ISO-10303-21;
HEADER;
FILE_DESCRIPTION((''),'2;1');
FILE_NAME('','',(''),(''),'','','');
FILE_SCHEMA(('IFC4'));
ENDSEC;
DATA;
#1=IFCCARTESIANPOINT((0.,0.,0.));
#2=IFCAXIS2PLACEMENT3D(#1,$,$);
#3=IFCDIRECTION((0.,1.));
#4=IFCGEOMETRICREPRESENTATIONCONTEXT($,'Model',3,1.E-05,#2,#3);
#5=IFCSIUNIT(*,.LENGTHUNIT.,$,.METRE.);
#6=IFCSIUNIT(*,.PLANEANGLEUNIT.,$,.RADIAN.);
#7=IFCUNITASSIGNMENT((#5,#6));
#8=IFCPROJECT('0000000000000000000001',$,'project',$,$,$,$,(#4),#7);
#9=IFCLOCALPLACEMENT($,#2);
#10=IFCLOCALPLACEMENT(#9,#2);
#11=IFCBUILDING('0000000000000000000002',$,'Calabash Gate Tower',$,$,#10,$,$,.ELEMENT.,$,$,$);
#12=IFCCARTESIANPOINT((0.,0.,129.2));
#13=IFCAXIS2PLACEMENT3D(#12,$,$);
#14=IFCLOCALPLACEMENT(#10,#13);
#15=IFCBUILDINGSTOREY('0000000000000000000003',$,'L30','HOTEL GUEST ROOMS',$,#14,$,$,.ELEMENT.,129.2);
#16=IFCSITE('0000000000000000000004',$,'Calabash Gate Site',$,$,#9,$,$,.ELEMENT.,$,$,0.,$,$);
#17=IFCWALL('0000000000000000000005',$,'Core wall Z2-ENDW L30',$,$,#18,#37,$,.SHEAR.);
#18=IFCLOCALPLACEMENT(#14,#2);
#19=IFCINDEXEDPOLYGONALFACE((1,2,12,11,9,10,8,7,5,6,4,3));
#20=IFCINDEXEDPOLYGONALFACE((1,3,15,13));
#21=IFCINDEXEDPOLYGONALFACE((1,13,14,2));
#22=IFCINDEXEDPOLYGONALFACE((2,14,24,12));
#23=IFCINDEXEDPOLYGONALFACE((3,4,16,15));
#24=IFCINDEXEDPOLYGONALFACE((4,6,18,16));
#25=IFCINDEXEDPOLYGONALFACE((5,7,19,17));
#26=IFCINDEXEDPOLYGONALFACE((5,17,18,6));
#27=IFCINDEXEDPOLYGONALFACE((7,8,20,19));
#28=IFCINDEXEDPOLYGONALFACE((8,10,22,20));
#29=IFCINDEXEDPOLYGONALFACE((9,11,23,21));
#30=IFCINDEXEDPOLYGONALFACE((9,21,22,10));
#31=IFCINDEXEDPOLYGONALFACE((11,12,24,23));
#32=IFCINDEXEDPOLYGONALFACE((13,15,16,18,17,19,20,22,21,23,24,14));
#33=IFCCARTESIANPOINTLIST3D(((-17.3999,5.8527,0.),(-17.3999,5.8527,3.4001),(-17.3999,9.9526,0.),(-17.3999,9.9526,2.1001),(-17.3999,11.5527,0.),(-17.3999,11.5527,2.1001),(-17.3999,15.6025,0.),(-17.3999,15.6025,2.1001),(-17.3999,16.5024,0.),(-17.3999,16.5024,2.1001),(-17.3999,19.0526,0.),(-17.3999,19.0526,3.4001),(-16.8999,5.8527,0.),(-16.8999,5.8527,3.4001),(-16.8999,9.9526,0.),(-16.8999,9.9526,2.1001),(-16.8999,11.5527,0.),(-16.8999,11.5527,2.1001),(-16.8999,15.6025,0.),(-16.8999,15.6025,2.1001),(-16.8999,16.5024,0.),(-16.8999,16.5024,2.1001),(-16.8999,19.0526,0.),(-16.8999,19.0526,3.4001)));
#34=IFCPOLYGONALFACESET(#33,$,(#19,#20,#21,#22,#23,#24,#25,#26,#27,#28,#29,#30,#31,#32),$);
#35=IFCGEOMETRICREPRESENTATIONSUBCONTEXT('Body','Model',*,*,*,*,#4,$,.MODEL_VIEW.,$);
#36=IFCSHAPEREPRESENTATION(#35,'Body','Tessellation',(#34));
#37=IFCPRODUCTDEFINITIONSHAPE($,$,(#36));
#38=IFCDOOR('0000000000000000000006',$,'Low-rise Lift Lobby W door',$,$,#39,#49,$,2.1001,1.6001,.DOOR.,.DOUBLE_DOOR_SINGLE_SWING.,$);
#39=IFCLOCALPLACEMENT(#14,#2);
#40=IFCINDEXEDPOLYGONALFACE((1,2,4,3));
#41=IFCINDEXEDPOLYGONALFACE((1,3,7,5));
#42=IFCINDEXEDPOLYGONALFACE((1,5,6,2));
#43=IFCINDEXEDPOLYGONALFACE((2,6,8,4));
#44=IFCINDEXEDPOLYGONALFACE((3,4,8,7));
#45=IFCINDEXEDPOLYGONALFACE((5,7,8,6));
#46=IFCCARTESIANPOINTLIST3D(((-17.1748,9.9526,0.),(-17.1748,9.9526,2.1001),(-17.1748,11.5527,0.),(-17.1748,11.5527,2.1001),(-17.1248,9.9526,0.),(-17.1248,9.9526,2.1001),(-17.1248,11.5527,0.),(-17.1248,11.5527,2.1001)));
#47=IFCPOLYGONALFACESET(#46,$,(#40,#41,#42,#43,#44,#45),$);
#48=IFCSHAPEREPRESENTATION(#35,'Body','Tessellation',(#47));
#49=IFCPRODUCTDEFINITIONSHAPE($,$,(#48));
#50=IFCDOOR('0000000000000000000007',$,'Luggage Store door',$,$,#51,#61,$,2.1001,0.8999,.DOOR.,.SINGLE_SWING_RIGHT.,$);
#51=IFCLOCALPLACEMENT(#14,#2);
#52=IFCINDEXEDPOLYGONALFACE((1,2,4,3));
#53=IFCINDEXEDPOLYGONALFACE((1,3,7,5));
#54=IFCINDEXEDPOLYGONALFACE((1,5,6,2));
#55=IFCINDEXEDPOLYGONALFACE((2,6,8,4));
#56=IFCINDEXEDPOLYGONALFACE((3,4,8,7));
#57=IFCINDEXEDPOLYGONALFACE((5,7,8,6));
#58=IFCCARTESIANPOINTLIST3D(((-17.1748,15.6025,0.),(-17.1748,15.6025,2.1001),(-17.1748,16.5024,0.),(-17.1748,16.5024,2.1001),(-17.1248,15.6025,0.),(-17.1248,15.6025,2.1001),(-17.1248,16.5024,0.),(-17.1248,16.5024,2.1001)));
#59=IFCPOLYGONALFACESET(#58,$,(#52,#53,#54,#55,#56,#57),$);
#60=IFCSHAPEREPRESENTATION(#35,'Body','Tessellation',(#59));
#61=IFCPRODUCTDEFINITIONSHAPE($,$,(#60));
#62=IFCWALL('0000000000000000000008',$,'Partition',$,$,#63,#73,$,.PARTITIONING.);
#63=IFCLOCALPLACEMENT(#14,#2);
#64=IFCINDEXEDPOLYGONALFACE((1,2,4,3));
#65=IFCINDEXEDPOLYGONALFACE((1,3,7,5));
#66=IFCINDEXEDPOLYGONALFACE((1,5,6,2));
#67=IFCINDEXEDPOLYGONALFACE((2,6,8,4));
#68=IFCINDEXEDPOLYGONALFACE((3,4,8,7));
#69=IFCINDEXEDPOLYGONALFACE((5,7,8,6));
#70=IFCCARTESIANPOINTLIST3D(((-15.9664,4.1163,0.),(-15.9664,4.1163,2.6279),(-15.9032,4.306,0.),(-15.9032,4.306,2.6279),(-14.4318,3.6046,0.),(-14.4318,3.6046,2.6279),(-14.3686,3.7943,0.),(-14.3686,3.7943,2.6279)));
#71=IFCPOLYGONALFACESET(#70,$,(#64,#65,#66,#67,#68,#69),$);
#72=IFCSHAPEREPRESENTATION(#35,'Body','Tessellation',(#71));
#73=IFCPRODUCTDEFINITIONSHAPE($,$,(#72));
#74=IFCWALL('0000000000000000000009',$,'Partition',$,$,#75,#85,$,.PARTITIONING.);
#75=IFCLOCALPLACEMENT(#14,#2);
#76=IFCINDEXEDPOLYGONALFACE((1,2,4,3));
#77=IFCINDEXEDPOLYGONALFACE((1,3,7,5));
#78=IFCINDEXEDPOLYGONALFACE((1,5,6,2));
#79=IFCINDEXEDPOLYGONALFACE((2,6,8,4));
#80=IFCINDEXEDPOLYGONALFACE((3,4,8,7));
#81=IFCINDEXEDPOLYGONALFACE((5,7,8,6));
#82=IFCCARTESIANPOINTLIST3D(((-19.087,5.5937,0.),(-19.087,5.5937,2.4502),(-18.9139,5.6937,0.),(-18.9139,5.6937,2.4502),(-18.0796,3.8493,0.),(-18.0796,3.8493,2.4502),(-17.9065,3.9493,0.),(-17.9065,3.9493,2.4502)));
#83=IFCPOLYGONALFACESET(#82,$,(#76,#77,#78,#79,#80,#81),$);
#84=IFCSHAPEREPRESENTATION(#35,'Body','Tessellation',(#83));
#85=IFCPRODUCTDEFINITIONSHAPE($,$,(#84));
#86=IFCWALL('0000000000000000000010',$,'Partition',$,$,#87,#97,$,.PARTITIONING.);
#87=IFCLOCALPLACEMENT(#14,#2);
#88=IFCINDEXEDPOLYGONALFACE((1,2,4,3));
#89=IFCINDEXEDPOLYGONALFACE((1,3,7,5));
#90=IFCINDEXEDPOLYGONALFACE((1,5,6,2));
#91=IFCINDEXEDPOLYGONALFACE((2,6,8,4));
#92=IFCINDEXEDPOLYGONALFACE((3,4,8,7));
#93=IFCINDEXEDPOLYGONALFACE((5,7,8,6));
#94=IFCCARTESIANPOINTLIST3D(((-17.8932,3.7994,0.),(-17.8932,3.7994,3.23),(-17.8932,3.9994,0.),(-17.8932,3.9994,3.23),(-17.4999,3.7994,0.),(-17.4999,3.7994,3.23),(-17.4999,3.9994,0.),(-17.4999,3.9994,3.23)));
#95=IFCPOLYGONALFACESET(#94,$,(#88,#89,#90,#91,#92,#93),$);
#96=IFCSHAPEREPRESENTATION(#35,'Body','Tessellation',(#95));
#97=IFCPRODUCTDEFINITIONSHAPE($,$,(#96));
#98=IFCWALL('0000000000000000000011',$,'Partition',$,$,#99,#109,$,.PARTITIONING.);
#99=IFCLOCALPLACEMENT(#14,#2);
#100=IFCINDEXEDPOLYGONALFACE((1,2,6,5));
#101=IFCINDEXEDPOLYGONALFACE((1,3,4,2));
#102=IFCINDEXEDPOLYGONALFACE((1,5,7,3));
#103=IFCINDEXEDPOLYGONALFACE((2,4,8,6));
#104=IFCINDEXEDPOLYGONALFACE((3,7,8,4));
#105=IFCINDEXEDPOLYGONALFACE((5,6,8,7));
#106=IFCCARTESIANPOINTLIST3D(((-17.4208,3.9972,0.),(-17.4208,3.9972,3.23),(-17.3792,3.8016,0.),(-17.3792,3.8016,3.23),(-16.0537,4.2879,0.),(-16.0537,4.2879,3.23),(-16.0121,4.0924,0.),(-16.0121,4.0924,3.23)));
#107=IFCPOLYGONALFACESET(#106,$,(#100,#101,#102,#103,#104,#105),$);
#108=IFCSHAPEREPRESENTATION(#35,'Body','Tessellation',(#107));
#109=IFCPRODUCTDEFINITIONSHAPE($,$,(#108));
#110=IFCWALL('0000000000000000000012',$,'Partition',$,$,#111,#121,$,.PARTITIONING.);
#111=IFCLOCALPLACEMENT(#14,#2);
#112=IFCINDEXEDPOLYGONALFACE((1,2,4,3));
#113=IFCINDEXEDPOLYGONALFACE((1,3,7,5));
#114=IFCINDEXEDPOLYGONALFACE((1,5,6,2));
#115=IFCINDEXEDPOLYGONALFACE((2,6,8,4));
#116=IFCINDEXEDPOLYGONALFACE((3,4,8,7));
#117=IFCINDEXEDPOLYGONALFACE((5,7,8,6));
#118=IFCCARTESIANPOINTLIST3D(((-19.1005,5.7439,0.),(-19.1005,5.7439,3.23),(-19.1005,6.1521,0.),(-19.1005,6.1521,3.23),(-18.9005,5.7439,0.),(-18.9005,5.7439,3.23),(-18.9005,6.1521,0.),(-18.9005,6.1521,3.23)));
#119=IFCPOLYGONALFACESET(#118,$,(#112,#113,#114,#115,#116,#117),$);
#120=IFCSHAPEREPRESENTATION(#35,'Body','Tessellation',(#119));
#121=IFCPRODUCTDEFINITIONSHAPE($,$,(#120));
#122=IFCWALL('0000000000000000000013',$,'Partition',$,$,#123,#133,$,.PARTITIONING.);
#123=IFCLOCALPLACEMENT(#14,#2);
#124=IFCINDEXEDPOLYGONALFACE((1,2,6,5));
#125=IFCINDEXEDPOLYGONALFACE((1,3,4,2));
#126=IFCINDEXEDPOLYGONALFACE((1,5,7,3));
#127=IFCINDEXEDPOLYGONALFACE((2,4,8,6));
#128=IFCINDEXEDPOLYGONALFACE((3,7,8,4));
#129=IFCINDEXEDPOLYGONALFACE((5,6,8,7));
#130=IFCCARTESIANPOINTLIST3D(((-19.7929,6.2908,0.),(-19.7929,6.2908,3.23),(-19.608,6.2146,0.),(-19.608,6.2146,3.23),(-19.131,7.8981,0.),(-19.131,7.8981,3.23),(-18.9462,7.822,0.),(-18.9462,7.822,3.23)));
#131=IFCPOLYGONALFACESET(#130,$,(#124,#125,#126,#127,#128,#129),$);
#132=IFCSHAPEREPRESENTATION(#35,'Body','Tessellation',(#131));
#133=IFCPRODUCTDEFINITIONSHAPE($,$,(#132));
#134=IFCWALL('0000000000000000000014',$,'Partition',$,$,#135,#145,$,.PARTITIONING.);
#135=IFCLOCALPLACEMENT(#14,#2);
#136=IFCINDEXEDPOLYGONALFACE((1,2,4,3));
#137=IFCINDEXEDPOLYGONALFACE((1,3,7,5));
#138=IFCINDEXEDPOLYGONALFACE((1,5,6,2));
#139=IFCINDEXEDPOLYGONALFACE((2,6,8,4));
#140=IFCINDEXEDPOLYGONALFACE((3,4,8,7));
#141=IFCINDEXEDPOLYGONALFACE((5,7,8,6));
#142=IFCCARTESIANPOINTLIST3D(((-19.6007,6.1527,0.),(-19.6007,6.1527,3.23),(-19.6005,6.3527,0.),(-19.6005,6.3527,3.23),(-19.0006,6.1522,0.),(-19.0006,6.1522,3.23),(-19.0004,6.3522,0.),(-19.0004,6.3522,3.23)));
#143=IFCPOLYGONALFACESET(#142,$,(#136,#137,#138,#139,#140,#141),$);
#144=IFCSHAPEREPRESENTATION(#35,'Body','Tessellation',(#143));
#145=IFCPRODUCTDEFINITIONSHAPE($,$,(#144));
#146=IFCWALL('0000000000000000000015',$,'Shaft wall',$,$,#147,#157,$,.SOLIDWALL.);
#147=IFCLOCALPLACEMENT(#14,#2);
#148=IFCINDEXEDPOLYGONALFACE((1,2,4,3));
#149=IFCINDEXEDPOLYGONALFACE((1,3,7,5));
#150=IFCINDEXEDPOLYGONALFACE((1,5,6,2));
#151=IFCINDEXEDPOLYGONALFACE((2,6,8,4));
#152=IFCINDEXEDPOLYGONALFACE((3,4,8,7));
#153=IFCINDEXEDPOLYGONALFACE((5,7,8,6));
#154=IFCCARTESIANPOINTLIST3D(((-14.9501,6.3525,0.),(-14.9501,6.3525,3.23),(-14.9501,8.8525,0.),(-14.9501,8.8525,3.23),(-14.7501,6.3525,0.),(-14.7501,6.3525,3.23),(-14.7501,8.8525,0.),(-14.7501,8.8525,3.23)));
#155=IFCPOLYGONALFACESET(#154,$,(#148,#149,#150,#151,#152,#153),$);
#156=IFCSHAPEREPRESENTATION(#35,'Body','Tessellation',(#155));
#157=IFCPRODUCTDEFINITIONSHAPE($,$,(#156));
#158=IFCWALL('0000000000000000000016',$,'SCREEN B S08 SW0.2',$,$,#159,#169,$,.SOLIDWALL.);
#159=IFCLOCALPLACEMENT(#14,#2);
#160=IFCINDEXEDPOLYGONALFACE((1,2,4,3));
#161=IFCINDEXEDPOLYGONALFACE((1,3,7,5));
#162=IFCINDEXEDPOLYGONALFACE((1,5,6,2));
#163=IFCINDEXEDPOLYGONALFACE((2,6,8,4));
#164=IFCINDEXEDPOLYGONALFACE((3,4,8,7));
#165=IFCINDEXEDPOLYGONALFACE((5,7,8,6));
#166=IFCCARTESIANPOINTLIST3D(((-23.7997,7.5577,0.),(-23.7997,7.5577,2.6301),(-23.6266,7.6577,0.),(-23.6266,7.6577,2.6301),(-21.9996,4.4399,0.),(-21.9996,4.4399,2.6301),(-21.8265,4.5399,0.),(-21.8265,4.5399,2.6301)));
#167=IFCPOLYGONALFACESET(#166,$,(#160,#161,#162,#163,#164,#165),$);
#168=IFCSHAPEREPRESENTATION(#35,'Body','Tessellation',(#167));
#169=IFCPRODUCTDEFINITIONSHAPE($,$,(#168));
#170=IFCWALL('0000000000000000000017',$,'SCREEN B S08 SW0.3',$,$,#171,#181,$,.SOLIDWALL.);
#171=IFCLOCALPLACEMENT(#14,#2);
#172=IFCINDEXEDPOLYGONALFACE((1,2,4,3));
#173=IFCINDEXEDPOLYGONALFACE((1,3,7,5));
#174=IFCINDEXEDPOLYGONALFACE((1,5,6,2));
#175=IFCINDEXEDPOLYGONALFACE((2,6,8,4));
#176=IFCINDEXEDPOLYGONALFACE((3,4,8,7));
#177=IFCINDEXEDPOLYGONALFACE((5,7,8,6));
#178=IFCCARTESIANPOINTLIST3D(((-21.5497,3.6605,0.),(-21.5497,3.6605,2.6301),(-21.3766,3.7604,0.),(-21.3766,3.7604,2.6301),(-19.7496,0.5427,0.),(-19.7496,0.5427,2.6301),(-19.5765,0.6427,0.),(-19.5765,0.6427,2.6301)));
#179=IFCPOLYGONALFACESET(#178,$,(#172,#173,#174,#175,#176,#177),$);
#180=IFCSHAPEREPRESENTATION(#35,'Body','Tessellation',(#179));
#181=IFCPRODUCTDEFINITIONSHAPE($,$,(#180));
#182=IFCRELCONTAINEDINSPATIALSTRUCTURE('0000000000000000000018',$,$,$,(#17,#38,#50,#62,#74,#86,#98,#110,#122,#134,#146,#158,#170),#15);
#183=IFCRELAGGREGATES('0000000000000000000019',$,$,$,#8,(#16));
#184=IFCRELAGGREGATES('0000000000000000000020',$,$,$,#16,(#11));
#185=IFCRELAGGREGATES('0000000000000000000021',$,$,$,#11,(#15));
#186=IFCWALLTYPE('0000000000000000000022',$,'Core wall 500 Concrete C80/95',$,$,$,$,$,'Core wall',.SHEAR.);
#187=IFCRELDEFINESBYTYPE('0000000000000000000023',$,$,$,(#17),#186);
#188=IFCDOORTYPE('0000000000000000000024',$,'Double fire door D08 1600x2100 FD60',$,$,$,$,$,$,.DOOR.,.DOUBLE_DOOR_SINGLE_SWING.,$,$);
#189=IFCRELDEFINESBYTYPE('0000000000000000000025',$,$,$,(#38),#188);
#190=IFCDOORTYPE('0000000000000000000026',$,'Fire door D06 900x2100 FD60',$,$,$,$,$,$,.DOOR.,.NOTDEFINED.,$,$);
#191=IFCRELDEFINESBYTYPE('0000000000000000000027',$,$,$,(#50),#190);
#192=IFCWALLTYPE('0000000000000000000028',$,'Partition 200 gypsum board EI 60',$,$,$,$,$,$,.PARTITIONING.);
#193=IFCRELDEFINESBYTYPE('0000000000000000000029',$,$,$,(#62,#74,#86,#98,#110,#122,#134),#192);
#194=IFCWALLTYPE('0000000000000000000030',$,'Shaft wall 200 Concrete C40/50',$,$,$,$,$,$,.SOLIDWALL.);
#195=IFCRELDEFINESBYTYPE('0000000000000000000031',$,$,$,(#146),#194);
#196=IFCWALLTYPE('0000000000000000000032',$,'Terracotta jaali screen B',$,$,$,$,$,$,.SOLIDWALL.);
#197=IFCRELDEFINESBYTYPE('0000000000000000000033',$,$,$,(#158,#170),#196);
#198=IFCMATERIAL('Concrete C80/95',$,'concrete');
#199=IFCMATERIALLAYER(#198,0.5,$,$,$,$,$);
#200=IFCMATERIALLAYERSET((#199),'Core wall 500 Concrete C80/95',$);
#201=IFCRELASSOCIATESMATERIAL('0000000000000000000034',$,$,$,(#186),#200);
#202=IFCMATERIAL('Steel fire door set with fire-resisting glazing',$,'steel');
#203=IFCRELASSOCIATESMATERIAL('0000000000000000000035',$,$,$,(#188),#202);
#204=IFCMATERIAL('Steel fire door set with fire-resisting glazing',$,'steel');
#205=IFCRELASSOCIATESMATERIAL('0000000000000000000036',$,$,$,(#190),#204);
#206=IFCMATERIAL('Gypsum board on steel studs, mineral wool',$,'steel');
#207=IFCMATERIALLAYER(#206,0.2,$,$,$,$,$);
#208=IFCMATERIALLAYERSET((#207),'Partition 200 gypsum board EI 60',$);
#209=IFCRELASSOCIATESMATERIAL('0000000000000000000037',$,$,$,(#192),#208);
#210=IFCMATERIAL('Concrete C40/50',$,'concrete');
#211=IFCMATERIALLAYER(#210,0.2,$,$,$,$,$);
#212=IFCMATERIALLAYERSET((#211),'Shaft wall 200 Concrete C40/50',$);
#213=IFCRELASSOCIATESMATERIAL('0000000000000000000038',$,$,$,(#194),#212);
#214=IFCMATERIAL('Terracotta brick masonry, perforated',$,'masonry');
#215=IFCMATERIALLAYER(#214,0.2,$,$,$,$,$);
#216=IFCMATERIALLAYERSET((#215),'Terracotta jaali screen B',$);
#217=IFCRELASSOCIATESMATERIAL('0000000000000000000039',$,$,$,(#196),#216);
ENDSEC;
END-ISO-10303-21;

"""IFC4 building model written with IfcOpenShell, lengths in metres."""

from ifc_helpers import new_model, si_unit, direction, frame, frame_2d, origin, place, context, subcontext, project, spatial, rectangle, extrude, material, layer, layer_set, type_object, element, fill, save


model = new_model("IFC4")

# Units and contexts
model_context = context("Model", 3, precision=1e-05, world=origin(), true_north=direction((0.0, 1.0)))
body_context = subcontext(model_context, "Body", "Model", "MODEL_VIEW")
ifc_project = project(units=[si_unit("LENGTHUNIT", "METRE"), si_unit("PLANEANGLEUNIT", "RADIAN")], contexts=[model_context])

# Site, building, storey
site_placement = place(None, origin())
site = spatial("IfcSite", under=ifc_project, at=site_placement, Name="Calabash Gate Site", CompositionType="ELEMENT", RefElevation=0.0)
building_placement = place(site_placement, origin())
building = spatial("IfcBuilding", under=site, at=building_placement, Name="Calabash Gate Tower", CompositionType="ELEMENT")
storey_placement = place(building_placement, frame((0.0, 0.0, 129.2)))
storey = spatial("IfcBuildingStorey", under=building, at=storey_placement, Name="L30", Description="HOTEL GUEST ROOMS", CompositionType="ELEMENT", Elevation=129.2)

# Wall, openings, doors
ifc_material_1 = material(Name="Concrete C80/95", Category="concrete")
ifc_layer_1 = layer(ifc_material_1, 0.5)
ifc_layer_set_1 = layer_set([ifc_layer_1], Name="Core wall 500 Concrete C80/95")
wall_type_1 = type_object("IfcWallType", Name="Core wall 500 Concrete C80/95", ElementType="Core wall", PredefinedType="SHEAR", material=ifc_layer_set_1)
wall_1_placement = place(storey_placement, frame((-17.1499, 5.8525, 0.0), z_axis=(0.0, 0.0, 1.0), x_axis=(0.0, 1.0, 0.0)))
wall_1 = element("IfcWall", 1, at=wall_1_placement, inside=storey, type_object=wall_type_1, Name="Core wall Z2-ENDW L30", PredefinedType="SHEAR", context=body_context, shape_type="SweptSolid", body=[
    extrude(rectangle(XDim=13.2, YDim=0.5, at=frame_2d((6.6001, 0.0))), origin(), (0.0, 0.0, 1.0), 3.4001),
])
opening_1_placement = place(wall_1_placement, frame((4.1001, 0.0, 0.0)))
opening_1 = element("IfcOpeningElement", 2, at=opening_1_placement, cuts=wall_1, PredefinedType="OPENING", context=body_context, shape_type="SweptSolid", body=[
    extrude(rectangle(XDim=1.6001, YDim=2.1001, at=frame_2d((0.8, 1.05))), frame((0.0, 0.26, 0.0), z_axis=(0.0, -1.0, 0.0), x_axis=(1.0, 0.0, 0.0)), (0.0, 0.0, 1.0), 0.52),
])
opening_2_placement = place(wall_1_placement, frame((9.75, 0.0, 0.0)))
opening_2 = element("IfcOpeningElement", 3, at=opening_2_placement, cuts=wall_1, PredefinedType="OPENING", context=body_context, shape_type="SweptSolid", body=[
    extrude(rectangle(XDim=0.8999, YDim=2.1001, at=frame_2d((0.45, 1.05))), frame((0.0, 0.26, 0.0), z_axis=(0.0, -1.0, 0.0), x_axis=(1.0, 0.0, 0.0)), (0.0, 0.0, 1.0), 0.52),
])
ifc_material_2 = material(Name="Steel fire door set with fire-resisting glazing", Category="steel")
door_type_1 = type_object("IfcDoorType", Name="Double fire door D08 1600x2100 FD60", OperationType="DOUBLE_DOOR_SINGLE_SWING", PredefinedType="DOOR", material=ifc_material_2)
door_1_placement = place(opening_1_placement, origin())
door_1 = element("IfcDoor", 4, at=door_1_placement, inside=storey, type_object=door_type_1, Name="Low-rise Lift Lobby W door", OperationType="DOUBLE_DOOR_SINGLE_SWING", OverallHeight=2.1001, OverallWidth=1.6001, PredefinedType="DOOR", context=body_context, shape_type="SweptSolid", body=[
    extrude(rectangle(XDim=1.6001, YDim=2.1001, at=frame_2d((0.8, 1.05))), frame((0.0, 0.0249, 0.0), z_axis=(0.0, -1.0, 0.0), x_axis=(1.0, 0.0, 0.0)), (0.0, 0.0, 1.0), 0.05),
])
fill(opening_1, door_1)
ifc_material_3 = material(Name="Steel fire door set with fire-resisting glazing", Category="steel")
door_type_2 = type_object("IfcDoorType", Name="Fire door D06 900x2100 FD60", OperationType="NOTDEFINED", PredefinedType="DOOR", material=ifc_material_3)
door_2_placement = place(opening_2_placement, origin())
door_2 = element("IfcDoor", 5, at=door_2_placement, inside=storey, type_object=door_type_2, Name="Luggage Store door", OperationType="SINGLE_SWING_RIGHT", OverallHeight=2.1001, OverallWidth=0.8999, PredefinedType="DOOR", context=body_context, shape_type="SweptSolid", body=[
    extrude(rectangle(XDim=0.8999, YDim=2.1001, at=frame_2d((0.45, 1.05))), frame((0.0, 0.0249, 0.0), z_axis=(0.0, -1.0, 0.0), x_axis=(1.0, 0.0, 0.0)), (0.0, 0.0, 1.0), 0.05),
])
fill(opening_2, door_2)

# Walls
ifc_material_4 = material(Name="Gypsum board on steel studs, mineral wool", Category="steel")
ifc_layer_2 = layer(ifc_material_4, 0.2)
ifc_layer_set_2 = layer_set([ifc_layer_2], Name="Partition 200 gypsum board EI 60")
wall_type_2 = type_object("IfcWallType", Name="Partition 200 gypsum board EI 60", PredefinedType="PARTITIONING", material=ifc_layer_set_2)
wall_2_placement = place(storey_placement, frame((-15.9348, 4.2112, 0.0), z_axis=(0.0, 0.0, 1.0), x_axis=(0.948653, -0.316318, 0.0)))
element("IfcWall", 6, at=wall_2_placement, inside=storey, type_object=wall_type_2, Name="Partition", PredefinedType="PARTITIONING", context=body_context, shape_type="SweptSolid", body=[
    extrude(rectangle(XDim=1.6177, YDim=0.2, at=frame_2d((0.8088, 0.0))), origin(), (0.0, 0.0, 1.0), 2.6279),
])
wall_3_placement = place(storey_placement, frame((-19.0005, 5.6438, 0.0), z_axis=(0.0, 0.0, 1.0), x_axis=(0.500076, -0.865982, 0.0)))
element("IfcWall", 7, at=wall_3_placement, inside=storey, type_object=wall_type_2, Name="Partition", PredefinedType="PARTITIONING", context=body_context, shape_type="SweptSolid", body=[
    extrude(rectangle(XDim=2.0144, YDim=0.2, at=frame_2d((1.0073, 0.0))), origin(), (0.0, 0.0, 1.0), 2.4502),
])
wall_4_placement = place(storey_placement, frame((-17.8933, 3.8994, 0.0), z_axis=(0.0, 0.0, 1.0), x_axis=(1.0, 0.0, 0.0)))
element("IfcWall", 8, at=wall_4_placement, inside=storey, type_object=wall_type_2, Name="Partition", PredefinedType="PARTITIONING", context=body_context, shape_type="SweptSolid", body=[
    extrude(rectangle(XDim=0.3933, YDim=0.2, at=frame_2d((0.1968, 0.0))), origin(), (0.0, 0.0, 1.0), 3.23),
])
wall_5_placement = place(storey_placement, frame((-17.3999, 3.8994, 0.0), z_axis=(0.0, 0.0, 1.0), x_axis=(0.978123, 0.208026, 0.0)))
element("IfcWall", 9, at=wall_5_placement, inside=storey, type_object=wall_type_2, Name="Partition", PredefinedType="PARTITIONING", context=body_context, shape_type="SweptSolid", body=[
    extrude(rectangle(XDim=1.3977, YDim=0.2, at=frame_2d((0.6987, 0.0))), origin(), (0.0, 0.0, 1.0), 3.23),
])
wall_6_placement = place(storey_placement, frame((-19.0005, 6.1521, 0.0), z_axis=(0.0, 0.0, 1.0), x_axis=(0.0, -1.0, 0.0)))
element("IfcWall", 10, at=wall_6_placement, inside=storey, type_object=wall_type_2, Name="Partition", PredefinedType="PARTITIONING", context=body_context, shape_type="SweptSolid", body=[
    extrude(rectangle(XDim=0.4082, YDim=0.2, at=frame_2d((0.2041, 0.0))), origin(), (0.0, 0.0, 1.0), 3.23),
])
wall_7_placement = place(storey_placement, frame((-19.7004, 6.2527, 0.0), z_axis=(0.0, 0.0, 1.0), x_axis=(0.380743, 0.924681, 0.0)))
element("IfcWall", 11, at=wall_7_placement, inside=storey, type_object=wall_type_2, Name="Partition", PredefinedType="PARTITIONING", context=body_context, shape_type="SweptSolid", body=[
    extrude(rectangle(XDim=1.7383, YDim=0.2, at=frame_2d((0.8691, 0.0))), origin(), (0.0, 0.0, 1.0), 3.23),
])
wall_8_placement = place(storey_placement, frame((-19.6006, 6.2527, 0.0), z_axis=(0.0, 0.0, 1.0), x_axis=(1.0, -0.000814, 0.0)))
element("IfcWall", 12, at=wall_8_placement, inside=storey, type_object=wall_type_2, Name="Partition", PredefinedType="PARTITIONING", context=body_context, shape_type="SweptSolid", body=[
    extrude(rectangle(XDim=0.6001, YDim=0.2, at=frame_2d((0.3, 0.0))), origin(), (0.0, 0.0, 1.0), 3.23),
])
ifc_material_5 = material(Name="Concrete C40/50", Category="concrete")
ifc_layer_3 = layer(ifc_material_5, 0.2)
ifc_layer_set_3 = layer_set([ifc_layer_3], Name="Shaft wall 200 Concrete C40/50")
wall_type_3 = type_object("IfcWallType", Name="Shaft wall 200 Concrete C40/50", PredefinedType="SOLIDWALL", material=ifc_layer_set_3)
wall_9_placement = place(storey_placement, frame((-14.8501, 6.3525, 0.0), z_axis=(0.0, 0.0, 1.0), x_axis=(0.0, 1.0, 0.0)))
element("IfcWall", 13, at=wall_9_placement, inside=storey, type_object=wall_type_3, Name="Shaft wall", PredefinedType="SOLIDWALL", context=body_context, shape_type="SweptSolid", body=[
    extrude(rectangle(XDim=2.5, YDim=0.2, at=frame_2d((1.25, 0.0))), origin(), (0.0, 0.0, 1.0), 3.23),
])
ifc_material_6 = material(Name="Terracotta brick masonry, perforated", Category="masonry")
ifc_layer_4 = layer(ifc_material_6, 0.2)
ifc_layer_set_4 = layer_set([ifc_layer_4], Name="Terracotta jaali screen B")
wall_type_4 = type_object("IfcWallType", Name="Terracotta jaali screen B", PredefinedType="SOLIDWALL", material=ifc_layer_set_4)
for number, where, z_axis, x_axis, name in (
    (14, (-23.7131, 7.6077, 0.0), (0.0, 0.0, 1.0), (0.500012, -0.866018, 0.0), "SCREEN B S08 SW0.2"),
    (15, (-21.4631, 3.7104, 0.0), (0.0, 0.0, 1.0), (0.500012, -0.866018, 0.0), "SCREEN B S08 SW0.3"),
):
    element("IfcWall", number, at=place(storey_placement, frame(where, z_axis=z_axis, x_axis=x_axis)), inside=storey, type_object=wall_type_4, Name=name, PredefinedType="SOLIDWALL", context=body_context, shape_type="SweptSolid", body=[
        extrude(rectangle(XDim=3.6001, YDim=0.2, at=frame_2d((1.8, 0.0))), origin(), (0.0, 0.0, 1.0), 2.6301),
    ])

save(model, "model.ifc")
